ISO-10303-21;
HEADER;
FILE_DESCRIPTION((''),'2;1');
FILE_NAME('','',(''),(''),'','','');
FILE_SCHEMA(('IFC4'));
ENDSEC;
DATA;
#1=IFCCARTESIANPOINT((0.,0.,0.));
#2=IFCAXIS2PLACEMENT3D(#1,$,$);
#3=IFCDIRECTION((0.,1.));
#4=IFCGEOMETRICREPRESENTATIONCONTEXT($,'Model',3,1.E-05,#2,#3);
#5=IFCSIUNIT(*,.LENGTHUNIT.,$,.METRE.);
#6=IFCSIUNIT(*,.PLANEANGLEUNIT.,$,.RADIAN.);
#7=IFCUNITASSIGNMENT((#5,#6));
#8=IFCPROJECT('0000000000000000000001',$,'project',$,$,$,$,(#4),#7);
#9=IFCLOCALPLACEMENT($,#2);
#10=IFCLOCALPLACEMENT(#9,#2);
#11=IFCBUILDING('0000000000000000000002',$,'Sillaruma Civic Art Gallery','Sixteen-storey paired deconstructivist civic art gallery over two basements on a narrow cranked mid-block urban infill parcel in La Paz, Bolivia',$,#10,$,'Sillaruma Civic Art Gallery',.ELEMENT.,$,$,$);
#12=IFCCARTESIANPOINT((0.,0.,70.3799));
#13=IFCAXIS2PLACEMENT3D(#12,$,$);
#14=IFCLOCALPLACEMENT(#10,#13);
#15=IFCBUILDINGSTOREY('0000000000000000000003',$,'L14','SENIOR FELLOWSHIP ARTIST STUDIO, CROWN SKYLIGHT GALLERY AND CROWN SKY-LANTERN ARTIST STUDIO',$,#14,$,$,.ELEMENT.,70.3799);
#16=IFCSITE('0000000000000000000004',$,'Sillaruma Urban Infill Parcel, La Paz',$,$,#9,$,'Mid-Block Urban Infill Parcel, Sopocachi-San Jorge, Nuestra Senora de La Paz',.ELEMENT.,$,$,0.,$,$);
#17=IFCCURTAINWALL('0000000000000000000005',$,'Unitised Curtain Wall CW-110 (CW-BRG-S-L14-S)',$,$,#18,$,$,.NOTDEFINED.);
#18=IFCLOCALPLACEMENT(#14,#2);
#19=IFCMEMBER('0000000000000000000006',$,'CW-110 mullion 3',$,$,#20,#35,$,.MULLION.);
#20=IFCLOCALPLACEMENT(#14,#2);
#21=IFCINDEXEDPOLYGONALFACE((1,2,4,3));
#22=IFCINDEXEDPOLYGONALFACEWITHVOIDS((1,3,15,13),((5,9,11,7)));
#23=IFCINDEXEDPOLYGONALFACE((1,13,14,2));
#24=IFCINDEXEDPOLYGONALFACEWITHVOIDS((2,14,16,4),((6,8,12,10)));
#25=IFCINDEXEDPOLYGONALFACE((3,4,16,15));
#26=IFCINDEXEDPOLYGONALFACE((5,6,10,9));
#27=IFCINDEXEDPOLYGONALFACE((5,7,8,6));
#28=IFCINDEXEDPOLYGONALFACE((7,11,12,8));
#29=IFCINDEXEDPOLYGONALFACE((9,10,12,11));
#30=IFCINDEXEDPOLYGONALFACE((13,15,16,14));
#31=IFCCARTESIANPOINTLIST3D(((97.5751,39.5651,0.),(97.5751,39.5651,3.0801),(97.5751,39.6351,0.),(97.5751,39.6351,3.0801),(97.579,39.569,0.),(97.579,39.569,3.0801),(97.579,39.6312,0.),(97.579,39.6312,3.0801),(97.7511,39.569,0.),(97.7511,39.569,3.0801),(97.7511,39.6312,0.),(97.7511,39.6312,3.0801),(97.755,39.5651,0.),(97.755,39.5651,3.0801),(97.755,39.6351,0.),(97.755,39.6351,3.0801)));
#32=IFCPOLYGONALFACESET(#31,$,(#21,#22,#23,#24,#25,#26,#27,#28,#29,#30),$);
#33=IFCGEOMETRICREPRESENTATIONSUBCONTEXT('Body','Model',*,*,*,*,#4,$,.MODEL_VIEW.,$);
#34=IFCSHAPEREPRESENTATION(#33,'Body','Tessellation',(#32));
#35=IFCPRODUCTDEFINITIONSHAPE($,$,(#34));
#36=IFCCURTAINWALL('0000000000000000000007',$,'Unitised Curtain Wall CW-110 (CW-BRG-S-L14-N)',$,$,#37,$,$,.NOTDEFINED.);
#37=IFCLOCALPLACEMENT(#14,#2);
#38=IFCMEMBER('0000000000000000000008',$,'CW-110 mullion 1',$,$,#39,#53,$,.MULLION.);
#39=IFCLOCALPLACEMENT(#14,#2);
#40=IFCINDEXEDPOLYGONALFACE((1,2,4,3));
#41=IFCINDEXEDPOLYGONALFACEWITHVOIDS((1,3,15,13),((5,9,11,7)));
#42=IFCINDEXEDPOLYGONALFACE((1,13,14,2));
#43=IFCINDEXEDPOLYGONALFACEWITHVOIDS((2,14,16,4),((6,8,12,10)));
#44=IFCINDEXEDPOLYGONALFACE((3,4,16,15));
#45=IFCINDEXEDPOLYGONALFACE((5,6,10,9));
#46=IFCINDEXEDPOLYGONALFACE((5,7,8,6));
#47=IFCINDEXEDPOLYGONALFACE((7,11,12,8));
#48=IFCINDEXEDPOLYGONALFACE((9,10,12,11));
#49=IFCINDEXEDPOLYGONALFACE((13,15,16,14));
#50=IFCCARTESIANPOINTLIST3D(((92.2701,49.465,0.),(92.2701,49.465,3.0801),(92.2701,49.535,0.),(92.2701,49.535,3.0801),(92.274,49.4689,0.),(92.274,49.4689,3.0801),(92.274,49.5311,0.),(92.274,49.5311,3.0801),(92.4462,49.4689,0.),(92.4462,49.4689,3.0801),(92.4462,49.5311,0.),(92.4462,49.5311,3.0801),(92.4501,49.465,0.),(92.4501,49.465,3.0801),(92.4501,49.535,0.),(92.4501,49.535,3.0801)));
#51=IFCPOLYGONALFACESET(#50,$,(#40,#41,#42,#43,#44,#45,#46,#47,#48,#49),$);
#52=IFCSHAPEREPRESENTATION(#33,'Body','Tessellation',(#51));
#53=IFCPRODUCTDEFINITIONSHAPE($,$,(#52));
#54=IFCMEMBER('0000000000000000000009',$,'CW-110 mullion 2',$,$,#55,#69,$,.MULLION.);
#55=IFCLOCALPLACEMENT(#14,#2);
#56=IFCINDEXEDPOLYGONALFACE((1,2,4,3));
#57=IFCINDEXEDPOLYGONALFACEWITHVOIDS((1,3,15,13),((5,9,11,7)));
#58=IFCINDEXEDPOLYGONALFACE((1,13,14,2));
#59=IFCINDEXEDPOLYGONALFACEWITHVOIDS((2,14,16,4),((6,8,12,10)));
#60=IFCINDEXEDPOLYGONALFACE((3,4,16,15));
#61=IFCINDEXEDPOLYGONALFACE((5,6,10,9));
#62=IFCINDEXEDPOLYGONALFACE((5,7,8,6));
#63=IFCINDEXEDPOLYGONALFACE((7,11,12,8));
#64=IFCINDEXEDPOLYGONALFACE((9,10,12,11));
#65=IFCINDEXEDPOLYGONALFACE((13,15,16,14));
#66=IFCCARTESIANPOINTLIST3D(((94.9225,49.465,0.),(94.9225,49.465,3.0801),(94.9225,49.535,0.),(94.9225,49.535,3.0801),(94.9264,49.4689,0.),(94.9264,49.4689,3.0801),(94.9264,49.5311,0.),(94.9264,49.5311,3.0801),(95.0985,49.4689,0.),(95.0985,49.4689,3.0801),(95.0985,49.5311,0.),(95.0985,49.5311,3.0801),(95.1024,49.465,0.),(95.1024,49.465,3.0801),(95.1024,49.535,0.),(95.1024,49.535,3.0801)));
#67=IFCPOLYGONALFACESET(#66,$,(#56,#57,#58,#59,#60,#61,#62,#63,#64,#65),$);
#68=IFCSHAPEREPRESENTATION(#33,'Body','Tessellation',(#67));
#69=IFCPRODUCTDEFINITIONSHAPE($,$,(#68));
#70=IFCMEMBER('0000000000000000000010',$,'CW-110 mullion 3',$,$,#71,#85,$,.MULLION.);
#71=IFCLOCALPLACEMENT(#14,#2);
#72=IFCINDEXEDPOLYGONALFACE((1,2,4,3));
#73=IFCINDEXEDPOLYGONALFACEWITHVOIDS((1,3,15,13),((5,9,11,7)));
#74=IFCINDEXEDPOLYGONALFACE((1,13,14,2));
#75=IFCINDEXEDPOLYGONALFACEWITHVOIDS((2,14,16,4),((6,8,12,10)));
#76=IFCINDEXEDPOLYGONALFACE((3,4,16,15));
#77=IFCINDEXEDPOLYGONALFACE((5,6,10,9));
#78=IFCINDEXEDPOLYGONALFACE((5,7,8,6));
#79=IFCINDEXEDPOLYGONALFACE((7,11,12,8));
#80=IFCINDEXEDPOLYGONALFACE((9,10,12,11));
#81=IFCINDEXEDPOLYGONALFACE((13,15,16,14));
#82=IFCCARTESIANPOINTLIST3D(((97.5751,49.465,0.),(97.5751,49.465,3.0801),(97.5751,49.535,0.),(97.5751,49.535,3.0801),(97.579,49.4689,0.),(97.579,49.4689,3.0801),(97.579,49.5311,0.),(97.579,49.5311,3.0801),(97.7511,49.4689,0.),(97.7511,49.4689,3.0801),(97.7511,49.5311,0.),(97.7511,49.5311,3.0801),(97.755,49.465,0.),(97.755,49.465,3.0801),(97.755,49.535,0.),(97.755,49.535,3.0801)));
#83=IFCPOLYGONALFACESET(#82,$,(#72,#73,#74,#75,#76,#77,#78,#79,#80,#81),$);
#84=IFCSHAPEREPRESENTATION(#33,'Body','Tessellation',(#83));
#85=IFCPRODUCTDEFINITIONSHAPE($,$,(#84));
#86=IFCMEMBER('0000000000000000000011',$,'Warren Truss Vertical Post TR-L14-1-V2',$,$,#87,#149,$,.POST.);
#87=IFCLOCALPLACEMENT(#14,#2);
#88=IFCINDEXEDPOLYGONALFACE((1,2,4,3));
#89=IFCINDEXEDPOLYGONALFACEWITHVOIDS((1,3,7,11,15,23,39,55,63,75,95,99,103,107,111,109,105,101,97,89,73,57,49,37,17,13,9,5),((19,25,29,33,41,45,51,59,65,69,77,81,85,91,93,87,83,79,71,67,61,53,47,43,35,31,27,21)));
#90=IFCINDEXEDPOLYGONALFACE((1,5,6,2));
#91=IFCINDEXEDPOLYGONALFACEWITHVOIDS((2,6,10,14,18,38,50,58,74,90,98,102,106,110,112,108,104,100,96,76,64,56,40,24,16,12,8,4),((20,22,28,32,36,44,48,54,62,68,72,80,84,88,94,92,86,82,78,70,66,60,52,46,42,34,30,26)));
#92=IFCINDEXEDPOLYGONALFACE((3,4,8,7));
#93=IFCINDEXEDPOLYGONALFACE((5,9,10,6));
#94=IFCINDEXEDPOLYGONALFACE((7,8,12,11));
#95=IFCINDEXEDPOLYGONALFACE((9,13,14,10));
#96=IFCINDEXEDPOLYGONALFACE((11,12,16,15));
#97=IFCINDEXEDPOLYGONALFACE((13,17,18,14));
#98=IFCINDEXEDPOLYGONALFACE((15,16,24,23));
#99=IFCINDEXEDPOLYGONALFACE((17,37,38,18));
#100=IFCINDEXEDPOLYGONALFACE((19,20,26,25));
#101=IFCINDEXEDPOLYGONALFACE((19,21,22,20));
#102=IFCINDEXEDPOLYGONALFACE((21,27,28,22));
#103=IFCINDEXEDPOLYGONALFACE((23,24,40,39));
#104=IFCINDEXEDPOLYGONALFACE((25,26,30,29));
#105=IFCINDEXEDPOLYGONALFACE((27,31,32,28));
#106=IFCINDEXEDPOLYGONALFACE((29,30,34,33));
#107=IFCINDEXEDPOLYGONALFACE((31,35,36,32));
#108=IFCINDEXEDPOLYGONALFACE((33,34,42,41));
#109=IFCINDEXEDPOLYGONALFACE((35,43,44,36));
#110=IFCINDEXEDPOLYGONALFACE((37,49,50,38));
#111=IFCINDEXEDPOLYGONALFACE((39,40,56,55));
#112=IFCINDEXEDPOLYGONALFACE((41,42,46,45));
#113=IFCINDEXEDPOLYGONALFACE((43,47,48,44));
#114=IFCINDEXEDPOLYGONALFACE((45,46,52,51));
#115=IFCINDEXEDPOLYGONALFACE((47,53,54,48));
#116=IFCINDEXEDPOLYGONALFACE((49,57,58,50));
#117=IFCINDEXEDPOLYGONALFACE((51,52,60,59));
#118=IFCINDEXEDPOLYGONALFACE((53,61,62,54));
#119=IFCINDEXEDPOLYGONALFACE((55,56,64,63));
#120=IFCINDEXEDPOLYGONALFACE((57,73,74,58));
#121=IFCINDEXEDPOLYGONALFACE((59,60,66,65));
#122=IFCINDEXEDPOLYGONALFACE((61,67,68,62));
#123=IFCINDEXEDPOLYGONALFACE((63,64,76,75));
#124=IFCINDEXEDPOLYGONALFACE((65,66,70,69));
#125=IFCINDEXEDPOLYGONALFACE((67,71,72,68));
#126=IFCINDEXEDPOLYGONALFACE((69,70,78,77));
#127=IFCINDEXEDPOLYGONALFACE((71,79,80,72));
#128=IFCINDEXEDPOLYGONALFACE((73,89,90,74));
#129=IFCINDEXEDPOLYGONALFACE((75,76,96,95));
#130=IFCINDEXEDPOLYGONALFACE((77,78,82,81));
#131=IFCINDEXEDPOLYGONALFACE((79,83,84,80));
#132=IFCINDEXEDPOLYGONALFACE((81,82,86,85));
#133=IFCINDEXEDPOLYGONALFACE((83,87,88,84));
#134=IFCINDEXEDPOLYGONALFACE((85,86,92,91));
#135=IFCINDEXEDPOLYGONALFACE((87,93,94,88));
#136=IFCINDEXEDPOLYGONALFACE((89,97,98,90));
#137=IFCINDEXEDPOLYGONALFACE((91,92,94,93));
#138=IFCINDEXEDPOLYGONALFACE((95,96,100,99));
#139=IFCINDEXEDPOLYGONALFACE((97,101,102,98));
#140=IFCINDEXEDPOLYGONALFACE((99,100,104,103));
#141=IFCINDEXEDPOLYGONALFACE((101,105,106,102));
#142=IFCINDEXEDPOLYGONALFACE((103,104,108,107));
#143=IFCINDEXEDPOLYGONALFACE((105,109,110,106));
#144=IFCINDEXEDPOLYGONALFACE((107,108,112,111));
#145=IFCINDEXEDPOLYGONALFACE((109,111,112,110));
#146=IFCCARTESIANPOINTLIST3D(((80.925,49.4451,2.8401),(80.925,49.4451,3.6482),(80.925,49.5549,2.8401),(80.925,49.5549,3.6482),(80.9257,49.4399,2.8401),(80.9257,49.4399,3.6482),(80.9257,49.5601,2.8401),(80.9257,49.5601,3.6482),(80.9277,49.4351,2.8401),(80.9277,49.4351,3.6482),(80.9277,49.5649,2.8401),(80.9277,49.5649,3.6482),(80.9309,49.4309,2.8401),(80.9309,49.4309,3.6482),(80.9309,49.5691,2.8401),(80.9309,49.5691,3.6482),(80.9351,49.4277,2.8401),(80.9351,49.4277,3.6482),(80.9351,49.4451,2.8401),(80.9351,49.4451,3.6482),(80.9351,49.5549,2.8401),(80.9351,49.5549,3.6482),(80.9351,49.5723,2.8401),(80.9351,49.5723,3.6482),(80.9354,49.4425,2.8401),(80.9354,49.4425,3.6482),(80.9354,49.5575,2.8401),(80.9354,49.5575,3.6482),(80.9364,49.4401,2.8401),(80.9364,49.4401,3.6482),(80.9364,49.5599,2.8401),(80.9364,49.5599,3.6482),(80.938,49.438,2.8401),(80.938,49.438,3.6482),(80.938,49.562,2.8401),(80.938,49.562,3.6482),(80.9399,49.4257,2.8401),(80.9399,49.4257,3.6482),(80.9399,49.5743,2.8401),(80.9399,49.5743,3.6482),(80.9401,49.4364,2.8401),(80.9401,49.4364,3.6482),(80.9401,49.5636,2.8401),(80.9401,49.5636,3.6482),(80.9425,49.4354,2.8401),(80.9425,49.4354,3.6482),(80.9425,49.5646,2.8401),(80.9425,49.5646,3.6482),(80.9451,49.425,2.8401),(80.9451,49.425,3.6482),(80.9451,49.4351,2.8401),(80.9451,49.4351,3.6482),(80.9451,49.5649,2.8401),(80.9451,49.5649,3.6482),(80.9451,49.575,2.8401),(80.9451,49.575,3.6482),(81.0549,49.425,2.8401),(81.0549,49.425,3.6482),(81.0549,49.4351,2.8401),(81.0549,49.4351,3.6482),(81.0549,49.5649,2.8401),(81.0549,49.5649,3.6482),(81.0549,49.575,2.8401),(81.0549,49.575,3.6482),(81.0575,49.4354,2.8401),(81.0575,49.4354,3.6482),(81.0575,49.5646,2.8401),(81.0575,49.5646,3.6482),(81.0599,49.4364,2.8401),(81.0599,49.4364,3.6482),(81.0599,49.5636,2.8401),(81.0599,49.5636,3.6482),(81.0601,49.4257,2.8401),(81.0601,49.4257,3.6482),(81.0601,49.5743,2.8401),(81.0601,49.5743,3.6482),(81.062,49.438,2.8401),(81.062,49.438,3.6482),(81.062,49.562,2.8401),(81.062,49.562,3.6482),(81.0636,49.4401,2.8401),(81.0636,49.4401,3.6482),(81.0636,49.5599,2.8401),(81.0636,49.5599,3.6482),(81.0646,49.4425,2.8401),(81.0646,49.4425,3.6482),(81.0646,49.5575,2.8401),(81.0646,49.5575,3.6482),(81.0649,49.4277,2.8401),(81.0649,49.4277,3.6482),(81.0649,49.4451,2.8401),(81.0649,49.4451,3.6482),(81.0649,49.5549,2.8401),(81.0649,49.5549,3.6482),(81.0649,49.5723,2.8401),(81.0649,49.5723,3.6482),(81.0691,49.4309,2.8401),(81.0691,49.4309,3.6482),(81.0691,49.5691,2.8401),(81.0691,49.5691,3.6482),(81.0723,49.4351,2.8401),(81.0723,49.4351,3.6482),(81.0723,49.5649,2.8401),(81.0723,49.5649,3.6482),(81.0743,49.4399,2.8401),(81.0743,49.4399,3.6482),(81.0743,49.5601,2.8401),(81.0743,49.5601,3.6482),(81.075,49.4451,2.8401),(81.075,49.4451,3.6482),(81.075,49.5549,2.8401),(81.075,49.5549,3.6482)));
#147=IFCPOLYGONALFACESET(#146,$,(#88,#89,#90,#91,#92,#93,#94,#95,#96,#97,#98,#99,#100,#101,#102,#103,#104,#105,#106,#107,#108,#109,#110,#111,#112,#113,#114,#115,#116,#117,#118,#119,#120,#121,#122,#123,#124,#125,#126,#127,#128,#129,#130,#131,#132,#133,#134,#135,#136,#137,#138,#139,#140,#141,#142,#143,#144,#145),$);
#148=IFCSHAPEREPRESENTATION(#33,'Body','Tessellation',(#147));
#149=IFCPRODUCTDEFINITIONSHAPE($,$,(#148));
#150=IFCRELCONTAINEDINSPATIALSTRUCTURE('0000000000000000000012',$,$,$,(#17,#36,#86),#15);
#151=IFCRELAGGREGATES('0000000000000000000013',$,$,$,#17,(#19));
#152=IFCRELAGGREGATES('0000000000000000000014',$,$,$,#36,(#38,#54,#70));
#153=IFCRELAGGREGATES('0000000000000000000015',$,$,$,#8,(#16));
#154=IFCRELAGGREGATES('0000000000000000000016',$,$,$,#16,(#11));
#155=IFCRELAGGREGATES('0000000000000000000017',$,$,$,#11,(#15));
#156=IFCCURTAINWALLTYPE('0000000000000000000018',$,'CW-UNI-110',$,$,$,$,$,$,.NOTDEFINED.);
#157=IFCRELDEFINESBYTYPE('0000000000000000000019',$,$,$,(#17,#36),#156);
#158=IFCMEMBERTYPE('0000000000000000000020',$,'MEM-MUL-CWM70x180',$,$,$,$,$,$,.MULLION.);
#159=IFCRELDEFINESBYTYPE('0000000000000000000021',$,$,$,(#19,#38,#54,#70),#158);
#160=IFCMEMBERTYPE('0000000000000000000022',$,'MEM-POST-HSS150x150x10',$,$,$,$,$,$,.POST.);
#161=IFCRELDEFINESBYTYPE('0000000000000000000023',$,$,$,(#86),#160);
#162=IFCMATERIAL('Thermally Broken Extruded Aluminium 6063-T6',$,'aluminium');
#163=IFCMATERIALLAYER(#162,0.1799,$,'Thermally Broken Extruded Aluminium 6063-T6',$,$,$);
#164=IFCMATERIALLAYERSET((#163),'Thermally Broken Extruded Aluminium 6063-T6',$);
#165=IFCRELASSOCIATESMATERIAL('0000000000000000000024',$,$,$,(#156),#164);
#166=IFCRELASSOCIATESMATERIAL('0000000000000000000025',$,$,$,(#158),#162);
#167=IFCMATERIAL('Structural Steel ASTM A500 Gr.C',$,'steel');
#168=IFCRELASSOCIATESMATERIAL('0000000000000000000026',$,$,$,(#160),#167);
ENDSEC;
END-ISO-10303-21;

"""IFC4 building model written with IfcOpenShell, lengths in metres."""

from ifc_helpers import new_model, si_unit, direction, frame, origin, origin_2d, place, context, subcontext, project, spatial, hollow_rectangle, extrude, material, layer, layer_set, material_profile, profile_set, type_object, element, aggregate, save


model = new_model("IFC4")

# Units and contexts
model_context = context("Model", 3, precision=1e-05, world=origin(), true_north=direction((0.0, 1.0)))
body_context = subcontext(model_context, "Body", "Model", "MODEL_VIEW")
ifc_project = project(units=[si_unit("LENGTHUNIT", "METRE"), si_unit("PLANEANGLEUNIT", "RADIAN")], contexts=[model_context])

# Site, building, storey
site_placement = place(None, origin())
site = spatial("IfcSite", under=ifc_project, at=site_placement, Name="Sillaruma Urban Infill Parcel, La Paz", LongName="Mid-Block Urban Infill Parcel, Sopocachi-San Jorge, Nuestra Senora de La Paz", CompositionType="ELEMENT", RefElevation=0.0)
building_placement = place(site_placement, origin())
building = spatial("IfcBuilding", under=site, at=building_placement, Name="Sillaruma Civic Art Gallery", Description="Sixteen-storey paired deconstructivist civic art gallery over two basements on a narrow cranked mid-block urban infill parcel in La Paz, Bolivia", LongName="Sillaruma Civic Art Gallery", CompositionType="ELEMENT")
storey_placement = place(building_placement, frame((0.0, 0.0, 70.3799)))
storey = spatial("IfcBuildingStorey", under=building, at=storey_placement, Name="L14", Description="SENIOR FELLOWSHIP ARTIST STUDIO, CROWN SKYLIGHT GALLERY AND CROWN SKY-LANTERN ARTIST STUDIO", CompositionType="ELEMENT", Elevation=70.3799)

# Shared definitions
ifc_material_1 = material(Name="Structural Steel ASTM A500 Gr.C", Category="steel")

# Curtain wall, member
ifc_material_2 = material(Name="Thermally Broken Extruded Aluminium 6063-T6", Category="aluminium")
ifc_layer_1 = layer(ifc_material_2, 0.1799, Name="Thermally Broken Extruded Aluminium 6063-T6")
ifc_layer_set_1 = layer_set([ifc_layer_1], Name="Thermally Broken Extruded Aluminium 6063-T6")
curtain_wall_type_1 = type_object("IfcCurtainWallType", Name="CW-UNI-110", PredefinedType="NOTDEFINED", material=ifc_layer_set_1)
curtain_wall_1_placement = place(storey_placement, origin())
curtain_wall_1 = element("IfcCurtainWall", 1, at=curtain_wall_1_placement, inside=storey, type_object=curtain_wall_type_1, Name="Unitised Curtain Wall CW-110 (CW-BRG-S-L14-S)", PredefinedType="NOTDEFINED")
ifc_material_profile_1 = material_profile(ifc_material_2, hollow_rectangle(XDim=0.0701, YDim=0.1799, WallThickness=0.0039, at=origin_2d()), Name="CWM70x180")
ifc_profile_set_1 = profile_set([ifc_material_profile_1], Name="Thermally Broken Extruded Aluminium 6063-T6")
member_type_1 = type_object("IfcMemberType", Name="MEM-MUL-CWM70x180", PredefinedType="MULLION", material=ifc_profile_set_1)
member_1_placement = place(storey_placement, frame((97.665, 39.6001, 0.0), z_axis=(0.0, 0.0, 1.0), x_axis=(0.0, 1.0, 0.0)))
member_1 = element("IfcMember", 2, at=member_1_placement, type_object=member_type_1, Name="CW-110 mullion 3", PredefinedType="MULLION", context=body_context, shape_type="SweptSolid", body=[
    extrude(hollow_rectangle(XDim=0.0701, YDim=0.1799, WallThickness=0.0039, at=origin_2d()), origin(), (0.0, 0.0, 1.0), 3.0801),
])

# Curtain wall, members
curtain_wall_2_placement = place(storey_placement, origin())
curtain_wall_2 = element("IfcCurtainWall", 3, at=curtain_wall_2_placement, inside=storey, type_object=curtain_wall_type_1, Name="Unitised Curtain Wall CW-110 (CW-BRG-S-L14-N)", PredefinedType="NOTDEFINED")
member_2_placement = place(storey_placement, frame((92.3601, 49.5, 0.0), z_axis=(0.0, 0.0, 1.0), x_axis=(0.0, 1.0, 0.0)))
member_2 = element("IfcMember", 4, at=member_2_placement, type_object=member_type_1, Name="CW-110 mullion 1", PredefinedType="MULLION", context=body_context, shape_type="SweptSolid", body=[
    extrude(hollow_rectangle(XDim=0.0701, YDim=0.1799, WallThickness=0.0039, at=origin_2d()), origin(), (0.0, 0.0, 1.0), 3.0801),
])
member_3_placement = place(storey_placement, frame((95.0125, 49.5, 0.0), z_axis=(0.0, 0.0, 1.0), x_axis=(0.0, 1.0, 0.0)))
member_3 = element("IfcMember", 5, at=member_3_placement, type_object=member_type_1, Name="CW-110 mullion 2", PredefinedType="MULLION", context=body_context, shape_type="SweptSolid", body=[
    extrude(hollow_rectangle(XDim=0.0701, YDim=0.1799, WallThickness=0.0039, at=origin_2d()), origin(), (0.0, 0.0, 1.0), 3.0801),
])
member_4_placement = place(storey_placement, frame((97.665, 49.5, 0.0), z_axis=(0.0, 0.0, 1.0), x_axis=(0.0, 1.0, 0.0)))
member_4 = element("IfcMember", 6, at=member_4_placement, type_object=member_type_1, Name="CW-110 mullion 3", PredefinedType="MULLION", context=body_context, shape_type="SweptSolid", body=[
    extrude(hollow_rectangle(XDim=0.0701, YDim=0.1799, WallThickness=0.0039, at=origin_2d()), origin(), (0.0, 0.0, 1.0), 3.0801),
])

# Member
ifc_material_profile_2 = material_profile(ifc_material_1, hollow_rectangle(XDim=0.1499, YDim=0.1499, WallThickness=0.01, InnerFilletRadius=0.01, OuterFilletRadius=0.02, at=origin_2d()), Name="HSS150x150x10")
ifc_profile_set_2 = profile_set([ifc_material_profile_2], Name="Structural Steel ASTM A500 Gr.C")
member_type_2 = type_object("IfcMemberType", Name="MEM-POST-HSS150x150x10", PredefinedType="POST", material=ifc_profile_set_2)
for number, where, z_axis, x_axis, name in (
    (7, (81.0, 49.5, 2.8401), (0.0, 0.0, 1.0), (1.0, 0.0, 0.0), "Warren Truss Vertical Post TR-L14-1-V2"),
):
    element("IfcMember", number, at=place(storey_placement, frame(where, z_axis=z_axis, x_axis=x_axis)), inside=storey, type_object=member_type_2, Name=name, PredefinedType="POST", context=body_context, shape_type="SweptSolid", body=[
        extrude(hollow_rectangle(XDim=0.1499, YDim=0.1499, WallThickness=0.01, InnerFilletRadius=0.01, OuterFilletRadius=0.02, at=origin_2d()), origin(), (0.0, 0.0, 1.0), 0.8081),
    ])

aggregate(curtain_wall_1, [member_1])
aggregate(curtain_wall_2, [member_2, member_3, member_4])

save(model, "model.ifc")
